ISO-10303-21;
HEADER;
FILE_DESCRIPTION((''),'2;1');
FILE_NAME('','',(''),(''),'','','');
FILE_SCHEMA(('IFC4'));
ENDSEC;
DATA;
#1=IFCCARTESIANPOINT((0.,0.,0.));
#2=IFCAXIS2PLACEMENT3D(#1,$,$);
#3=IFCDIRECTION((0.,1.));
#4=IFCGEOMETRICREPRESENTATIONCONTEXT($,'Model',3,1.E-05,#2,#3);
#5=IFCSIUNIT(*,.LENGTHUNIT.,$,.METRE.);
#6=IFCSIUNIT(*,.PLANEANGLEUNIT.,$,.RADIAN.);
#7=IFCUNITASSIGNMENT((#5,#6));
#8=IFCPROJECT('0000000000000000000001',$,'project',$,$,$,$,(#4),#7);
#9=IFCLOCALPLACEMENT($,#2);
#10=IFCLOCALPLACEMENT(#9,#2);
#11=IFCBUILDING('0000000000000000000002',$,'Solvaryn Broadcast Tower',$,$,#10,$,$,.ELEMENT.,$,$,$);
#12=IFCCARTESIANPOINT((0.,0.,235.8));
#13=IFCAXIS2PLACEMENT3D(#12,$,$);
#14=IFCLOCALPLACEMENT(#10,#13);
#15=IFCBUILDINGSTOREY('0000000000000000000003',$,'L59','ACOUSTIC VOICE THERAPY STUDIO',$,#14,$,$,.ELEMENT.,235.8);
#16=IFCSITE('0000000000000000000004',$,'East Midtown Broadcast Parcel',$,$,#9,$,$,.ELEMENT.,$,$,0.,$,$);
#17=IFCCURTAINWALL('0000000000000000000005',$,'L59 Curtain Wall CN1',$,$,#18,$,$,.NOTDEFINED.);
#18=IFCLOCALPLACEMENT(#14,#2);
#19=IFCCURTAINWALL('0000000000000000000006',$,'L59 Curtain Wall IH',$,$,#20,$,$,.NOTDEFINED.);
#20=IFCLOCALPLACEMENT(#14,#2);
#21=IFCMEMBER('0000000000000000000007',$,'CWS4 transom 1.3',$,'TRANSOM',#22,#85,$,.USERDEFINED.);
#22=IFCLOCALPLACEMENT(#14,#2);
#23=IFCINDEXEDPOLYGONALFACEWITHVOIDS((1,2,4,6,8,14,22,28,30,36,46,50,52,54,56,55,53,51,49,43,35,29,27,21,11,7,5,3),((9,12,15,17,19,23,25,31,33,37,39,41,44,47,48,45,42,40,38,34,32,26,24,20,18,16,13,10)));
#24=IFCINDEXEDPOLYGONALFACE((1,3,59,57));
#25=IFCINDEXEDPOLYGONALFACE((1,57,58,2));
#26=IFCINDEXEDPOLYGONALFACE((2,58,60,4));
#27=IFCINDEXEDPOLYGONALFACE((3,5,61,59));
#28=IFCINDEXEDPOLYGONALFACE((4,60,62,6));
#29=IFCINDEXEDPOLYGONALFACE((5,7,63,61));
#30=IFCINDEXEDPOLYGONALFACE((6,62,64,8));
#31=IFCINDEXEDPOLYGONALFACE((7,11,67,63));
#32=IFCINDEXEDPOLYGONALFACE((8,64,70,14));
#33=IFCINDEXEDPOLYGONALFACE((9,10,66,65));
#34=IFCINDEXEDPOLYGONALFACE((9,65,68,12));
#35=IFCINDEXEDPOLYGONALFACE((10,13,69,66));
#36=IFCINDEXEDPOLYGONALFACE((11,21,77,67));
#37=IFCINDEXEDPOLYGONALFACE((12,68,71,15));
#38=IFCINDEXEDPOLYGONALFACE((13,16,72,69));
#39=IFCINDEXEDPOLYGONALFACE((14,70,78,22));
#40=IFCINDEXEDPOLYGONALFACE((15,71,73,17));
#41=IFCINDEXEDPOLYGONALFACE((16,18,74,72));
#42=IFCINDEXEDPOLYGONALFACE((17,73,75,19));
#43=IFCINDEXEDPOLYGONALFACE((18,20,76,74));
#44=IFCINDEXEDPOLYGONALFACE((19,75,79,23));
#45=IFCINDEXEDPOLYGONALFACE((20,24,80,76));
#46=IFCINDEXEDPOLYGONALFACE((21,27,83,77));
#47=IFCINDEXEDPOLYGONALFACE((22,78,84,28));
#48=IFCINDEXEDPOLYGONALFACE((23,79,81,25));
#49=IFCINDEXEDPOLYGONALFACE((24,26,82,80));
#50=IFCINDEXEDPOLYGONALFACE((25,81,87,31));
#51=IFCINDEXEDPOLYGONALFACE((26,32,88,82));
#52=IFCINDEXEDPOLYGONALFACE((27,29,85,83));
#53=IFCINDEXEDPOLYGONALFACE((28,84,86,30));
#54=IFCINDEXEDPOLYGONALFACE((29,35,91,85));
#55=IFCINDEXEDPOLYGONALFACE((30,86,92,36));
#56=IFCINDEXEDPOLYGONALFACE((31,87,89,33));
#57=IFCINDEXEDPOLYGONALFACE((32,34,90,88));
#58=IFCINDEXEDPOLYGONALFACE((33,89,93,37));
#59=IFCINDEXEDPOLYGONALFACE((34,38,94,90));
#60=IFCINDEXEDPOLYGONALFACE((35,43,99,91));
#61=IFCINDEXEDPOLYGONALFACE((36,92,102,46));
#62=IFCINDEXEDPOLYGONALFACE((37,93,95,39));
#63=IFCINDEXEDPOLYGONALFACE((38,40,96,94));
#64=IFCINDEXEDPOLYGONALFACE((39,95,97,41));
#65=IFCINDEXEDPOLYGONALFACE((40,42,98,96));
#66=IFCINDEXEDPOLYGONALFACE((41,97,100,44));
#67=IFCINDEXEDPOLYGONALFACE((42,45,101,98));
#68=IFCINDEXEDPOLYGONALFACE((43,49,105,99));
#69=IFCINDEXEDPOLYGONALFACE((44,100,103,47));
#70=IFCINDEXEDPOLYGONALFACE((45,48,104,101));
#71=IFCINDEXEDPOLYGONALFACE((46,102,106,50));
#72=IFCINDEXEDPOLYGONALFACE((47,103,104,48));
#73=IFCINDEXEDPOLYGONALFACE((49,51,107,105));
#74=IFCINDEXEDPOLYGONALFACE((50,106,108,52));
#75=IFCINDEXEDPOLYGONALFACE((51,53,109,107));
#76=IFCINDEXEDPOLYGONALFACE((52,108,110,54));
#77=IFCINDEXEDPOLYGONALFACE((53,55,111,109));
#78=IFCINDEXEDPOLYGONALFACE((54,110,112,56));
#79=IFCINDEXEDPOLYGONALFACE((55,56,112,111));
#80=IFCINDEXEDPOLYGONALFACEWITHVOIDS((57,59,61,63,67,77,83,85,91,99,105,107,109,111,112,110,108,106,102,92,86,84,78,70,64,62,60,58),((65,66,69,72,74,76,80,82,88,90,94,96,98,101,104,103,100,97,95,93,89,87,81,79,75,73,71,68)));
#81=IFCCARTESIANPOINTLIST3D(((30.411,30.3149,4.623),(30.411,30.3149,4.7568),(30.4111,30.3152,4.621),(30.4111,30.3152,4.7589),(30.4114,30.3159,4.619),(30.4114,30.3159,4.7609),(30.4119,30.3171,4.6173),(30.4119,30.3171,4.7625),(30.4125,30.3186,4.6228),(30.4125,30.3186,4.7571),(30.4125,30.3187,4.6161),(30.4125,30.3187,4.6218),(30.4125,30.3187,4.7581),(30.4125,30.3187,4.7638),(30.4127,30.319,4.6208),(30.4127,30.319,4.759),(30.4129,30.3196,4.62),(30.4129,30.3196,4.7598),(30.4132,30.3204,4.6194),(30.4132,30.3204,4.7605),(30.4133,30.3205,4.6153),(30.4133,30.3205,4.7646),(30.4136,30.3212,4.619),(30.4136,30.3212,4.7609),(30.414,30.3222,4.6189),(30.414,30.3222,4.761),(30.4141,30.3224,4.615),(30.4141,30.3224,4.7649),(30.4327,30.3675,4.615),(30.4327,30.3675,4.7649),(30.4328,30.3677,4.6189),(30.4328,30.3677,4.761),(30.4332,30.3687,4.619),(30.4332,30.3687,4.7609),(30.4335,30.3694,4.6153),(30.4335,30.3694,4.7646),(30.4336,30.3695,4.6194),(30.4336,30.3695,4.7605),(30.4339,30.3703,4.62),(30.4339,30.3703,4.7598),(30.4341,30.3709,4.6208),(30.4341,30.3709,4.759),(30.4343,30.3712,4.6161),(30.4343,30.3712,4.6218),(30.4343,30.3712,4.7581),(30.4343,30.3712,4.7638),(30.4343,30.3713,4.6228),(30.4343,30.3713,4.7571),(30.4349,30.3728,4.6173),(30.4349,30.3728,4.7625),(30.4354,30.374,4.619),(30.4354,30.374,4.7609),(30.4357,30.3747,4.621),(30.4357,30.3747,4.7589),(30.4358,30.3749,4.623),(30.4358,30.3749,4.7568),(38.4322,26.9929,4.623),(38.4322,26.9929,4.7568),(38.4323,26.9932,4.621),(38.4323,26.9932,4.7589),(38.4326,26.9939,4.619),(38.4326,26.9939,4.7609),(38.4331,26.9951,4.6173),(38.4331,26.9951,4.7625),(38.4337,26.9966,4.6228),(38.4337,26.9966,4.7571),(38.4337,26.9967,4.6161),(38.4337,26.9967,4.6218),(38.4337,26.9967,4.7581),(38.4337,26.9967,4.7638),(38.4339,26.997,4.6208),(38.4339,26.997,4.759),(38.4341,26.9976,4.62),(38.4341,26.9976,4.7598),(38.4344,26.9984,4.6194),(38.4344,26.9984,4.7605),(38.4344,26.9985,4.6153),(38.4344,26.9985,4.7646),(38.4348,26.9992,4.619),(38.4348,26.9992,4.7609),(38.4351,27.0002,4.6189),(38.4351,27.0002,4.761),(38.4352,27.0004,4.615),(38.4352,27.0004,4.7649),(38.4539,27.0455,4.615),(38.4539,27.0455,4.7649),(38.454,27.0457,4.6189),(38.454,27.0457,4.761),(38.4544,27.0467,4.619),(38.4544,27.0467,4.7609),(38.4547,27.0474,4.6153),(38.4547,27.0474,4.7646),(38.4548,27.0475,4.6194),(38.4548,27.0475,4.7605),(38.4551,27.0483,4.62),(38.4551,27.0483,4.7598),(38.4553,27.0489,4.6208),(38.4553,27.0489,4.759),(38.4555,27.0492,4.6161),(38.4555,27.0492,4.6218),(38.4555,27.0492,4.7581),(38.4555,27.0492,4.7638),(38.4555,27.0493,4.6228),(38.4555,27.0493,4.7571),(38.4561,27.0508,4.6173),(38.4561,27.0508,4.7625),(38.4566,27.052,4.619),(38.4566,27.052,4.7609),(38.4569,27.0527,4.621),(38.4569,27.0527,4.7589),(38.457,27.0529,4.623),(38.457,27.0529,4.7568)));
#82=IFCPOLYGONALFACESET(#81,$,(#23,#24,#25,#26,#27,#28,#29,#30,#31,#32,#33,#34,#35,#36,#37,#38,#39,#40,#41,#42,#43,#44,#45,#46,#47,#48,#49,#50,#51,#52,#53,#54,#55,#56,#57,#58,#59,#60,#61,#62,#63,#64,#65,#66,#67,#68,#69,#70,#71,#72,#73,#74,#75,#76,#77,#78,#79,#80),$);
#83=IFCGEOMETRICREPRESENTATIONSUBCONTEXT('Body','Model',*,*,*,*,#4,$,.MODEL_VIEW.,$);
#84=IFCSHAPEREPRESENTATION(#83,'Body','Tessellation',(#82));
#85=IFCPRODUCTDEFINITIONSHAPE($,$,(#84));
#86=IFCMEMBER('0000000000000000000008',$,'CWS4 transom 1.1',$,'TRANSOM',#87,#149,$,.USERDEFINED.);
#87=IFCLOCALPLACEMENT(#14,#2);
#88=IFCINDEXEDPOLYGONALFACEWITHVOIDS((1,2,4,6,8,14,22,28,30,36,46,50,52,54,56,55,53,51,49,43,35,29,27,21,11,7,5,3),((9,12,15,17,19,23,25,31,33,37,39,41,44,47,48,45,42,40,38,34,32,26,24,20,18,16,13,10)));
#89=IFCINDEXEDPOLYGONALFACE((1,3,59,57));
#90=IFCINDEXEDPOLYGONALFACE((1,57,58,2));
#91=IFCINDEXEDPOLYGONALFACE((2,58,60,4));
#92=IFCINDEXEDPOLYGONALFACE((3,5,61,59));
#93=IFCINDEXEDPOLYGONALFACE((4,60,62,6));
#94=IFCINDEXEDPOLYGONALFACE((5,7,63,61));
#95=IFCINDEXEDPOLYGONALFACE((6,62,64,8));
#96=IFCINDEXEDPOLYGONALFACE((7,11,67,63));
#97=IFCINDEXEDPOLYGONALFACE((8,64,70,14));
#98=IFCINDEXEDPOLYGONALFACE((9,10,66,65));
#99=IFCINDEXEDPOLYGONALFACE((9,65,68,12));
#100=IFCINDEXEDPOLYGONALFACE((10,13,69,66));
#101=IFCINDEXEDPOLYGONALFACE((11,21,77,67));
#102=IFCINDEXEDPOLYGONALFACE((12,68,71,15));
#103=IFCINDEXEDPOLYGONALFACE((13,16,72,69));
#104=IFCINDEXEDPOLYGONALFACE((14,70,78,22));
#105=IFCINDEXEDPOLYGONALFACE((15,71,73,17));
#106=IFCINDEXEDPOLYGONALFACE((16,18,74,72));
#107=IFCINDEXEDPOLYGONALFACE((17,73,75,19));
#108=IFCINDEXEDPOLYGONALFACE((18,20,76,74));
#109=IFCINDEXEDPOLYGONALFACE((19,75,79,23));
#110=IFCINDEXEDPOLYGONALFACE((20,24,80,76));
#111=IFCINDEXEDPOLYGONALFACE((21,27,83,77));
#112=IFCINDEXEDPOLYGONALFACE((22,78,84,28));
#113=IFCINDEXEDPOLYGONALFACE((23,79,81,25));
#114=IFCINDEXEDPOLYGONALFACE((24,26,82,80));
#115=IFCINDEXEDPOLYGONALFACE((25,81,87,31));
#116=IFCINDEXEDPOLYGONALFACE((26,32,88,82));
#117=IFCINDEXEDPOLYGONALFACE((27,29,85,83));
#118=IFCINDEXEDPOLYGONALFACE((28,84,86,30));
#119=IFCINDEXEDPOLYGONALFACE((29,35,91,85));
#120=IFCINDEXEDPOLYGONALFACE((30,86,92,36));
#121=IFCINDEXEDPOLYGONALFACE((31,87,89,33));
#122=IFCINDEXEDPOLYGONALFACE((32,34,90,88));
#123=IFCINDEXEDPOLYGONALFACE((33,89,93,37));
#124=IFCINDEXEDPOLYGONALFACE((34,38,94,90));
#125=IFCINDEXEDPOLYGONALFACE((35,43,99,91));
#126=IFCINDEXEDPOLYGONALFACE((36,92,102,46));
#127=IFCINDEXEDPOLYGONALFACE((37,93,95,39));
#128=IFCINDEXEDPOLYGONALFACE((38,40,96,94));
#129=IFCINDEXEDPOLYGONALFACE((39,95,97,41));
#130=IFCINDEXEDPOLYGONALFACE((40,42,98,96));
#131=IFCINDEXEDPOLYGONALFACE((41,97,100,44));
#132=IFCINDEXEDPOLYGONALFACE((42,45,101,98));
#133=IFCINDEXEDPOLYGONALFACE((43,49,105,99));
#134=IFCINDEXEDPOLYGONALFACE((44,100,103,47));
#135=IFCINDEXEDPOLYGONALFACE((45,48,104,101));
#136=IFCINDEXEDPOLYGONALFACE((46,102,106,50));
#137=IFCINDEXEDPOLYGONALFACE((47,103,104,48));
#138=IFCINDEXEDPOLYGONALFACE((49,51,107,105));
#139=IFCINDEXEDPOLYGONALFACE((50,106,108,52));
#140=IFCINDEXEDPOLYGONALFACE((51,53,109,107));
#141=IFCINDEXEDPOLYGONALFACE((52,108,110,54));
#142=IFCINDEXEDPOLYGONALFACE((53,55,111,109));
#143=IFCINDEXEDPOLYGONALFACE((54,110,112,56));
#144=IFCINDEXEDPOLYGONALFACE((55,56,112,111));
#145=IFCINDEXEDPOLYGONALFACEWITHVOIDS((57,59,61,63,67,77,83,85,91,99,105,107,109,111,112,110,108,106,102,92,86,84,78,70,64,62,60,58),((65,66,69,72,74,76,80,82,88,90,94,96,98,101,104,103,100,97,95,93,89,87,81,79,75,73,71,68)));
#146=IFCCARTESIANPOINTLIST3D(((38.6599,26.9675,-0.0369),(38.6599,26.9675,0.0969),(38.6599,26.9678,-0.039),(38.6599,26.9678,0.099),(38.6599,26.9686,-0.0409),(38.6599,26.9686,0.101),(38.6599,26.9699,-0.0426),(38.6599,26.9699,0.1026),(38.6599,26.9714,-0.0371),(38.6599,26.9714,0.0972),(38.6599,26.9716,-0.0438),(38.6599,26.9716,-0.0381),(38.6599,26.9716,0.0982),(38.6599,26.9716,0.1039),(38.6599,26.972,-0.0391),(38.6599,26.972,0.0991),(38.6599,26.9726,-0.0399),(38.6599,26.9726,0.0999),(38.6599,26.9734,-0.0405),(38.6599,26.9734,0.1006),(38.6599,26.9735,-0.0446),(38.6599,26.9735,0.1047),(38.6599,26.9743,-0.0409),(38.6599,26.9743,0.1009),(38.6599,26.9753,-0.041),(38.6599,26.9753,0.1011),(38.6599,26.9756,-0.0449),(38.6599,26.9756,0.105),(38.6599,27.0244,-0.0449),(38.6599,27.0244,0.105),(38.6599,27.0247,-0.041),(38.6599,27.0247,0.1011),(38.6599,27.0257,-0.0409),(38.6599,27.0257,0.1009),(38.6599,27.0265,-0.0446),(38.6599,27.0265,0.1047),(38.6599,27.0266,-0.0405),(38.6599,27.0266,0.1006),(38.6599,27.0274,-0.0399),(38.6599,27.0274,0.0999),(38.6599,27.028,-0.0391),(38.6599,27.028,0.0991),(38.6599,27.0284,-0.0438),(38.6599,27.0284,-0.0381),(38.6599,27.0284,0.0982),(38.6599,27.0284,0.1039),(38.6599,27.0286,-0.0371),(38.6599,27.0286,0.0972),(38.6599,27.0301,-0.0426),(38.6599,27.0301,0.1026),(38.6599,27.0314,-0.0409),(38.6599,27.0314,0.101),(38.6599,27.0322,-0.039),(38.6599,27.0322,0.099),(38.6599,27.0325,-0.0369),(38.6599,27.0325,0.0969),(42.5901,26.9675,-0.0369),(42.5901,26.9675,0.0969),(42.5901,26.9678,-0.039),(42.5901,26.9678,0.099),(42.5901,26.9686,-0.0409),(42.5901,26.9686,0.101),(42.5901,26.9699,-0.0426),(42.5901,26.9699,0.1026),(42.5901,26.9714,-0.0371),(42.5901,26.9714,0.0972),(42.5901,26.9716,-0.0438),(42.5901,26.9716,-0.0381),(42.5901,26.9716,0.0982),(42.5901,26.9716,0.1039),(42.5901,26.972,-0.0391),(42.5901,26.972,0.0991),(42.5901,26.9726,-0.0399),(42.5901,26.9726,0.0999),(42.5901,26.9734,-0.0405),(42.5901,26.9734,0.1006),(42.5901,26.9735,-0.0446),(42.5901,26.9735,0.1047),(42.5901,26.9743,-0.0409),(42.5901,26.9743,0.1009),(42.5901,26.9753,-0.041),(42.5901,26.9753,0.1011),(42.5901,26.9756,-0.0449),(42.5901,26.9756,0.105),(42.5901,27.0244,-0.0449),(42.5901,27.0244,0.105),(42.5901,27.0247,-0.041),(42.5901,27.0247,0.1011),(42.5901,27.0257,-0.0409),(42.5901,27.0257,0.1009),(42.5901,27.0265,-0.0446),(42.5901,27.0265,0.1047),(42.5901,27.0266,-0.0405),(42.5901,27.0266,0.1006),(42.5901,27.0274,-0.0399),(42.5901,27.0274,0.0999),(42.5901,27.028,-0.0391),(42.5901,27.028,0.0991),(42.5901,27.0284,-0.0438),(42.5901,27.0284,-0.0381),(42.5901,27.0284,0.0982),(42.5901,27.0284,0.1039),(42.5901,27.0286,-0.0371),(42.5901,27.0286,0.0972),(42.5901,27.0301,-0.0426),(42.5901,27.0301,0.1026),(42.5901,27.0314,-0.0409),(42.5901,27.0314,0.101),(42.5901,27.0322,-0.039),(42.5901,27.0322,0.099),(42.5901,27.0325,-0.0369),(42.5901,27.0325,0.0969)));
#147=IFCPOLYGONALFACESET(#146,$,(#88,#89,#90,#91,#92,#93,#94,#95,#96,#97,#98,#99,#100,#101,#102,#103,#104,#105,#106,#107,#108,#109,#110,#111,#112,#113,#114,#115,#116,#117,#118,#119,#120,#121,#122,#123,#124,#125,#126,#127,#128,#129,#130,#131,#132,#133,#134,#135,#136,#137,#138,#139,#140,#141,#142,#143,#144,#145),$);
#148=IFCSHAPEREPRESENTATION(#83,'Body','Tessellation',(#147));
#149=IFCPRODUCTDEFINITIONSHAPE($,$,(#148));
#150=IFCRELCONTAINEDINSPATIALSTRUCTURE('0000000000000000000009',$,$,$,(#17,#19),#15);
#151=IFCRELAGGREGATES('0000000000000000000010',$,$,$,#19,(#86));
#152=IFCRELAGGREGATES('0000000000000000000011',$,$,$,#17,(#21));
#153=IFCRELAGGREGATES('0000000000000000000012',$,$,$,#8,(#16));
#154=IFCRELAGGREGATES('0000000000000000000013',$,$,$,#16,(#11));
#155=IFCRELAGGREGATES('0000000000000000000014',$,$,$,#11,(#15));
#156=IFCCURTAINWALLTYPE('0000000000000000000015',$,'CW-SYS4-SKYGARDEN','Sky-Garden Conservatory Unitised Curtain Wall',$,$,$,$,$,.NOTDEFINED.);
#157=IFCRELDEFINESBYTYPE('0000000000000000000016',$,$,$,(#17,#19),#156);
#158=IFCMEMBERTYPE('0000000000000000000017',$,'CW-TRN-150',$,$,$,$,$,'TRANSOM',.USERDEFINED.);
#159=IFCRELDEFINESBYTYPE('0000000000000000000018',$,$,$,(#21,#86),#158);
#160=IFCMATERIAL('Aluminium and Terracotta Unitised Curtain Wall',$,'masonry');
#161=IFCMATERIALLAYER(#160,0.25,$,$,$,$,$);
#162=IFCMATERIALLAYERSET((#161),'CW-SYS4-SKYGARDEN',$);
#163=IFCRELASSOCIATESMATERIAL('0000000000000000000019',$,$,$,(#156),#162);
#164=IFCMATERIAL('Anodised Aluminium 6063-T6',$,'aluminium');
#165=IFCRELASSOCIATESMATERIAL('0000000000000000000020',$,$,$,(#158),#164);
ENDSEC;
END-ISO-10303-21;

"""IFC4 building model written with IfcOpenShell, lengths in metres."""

from ifc_helpers import new_model, si_unit, direction, frame, origin, origin_2d, place, context, subcontext, project, spatial, hollow_rectangle, extrude, material, layer, layer_set, material_profile, profile_set, type_object, element, aggregate, save


model = new_model("IFC4")

# Units and contexts
model_context = context("Model", 3, precision=1e-05, world=origin(), true_north=direction((0.0, 1.0)))
body_context = subcontext(model_context, "Body", "Model", "MODEL_VIEW")
ifc_project = project(units=[si_unit("LENGTHUNIT", "METRE"), si_unit("PLANEANGLEUNIT", "RADIAN")], contexts=[model_context])

# Site, building, storey
site_placement = place(None, origin())
site = spatial("IfcSite", under=ifc_project, at=site_placement, Name="East Midtown Broadcast Parcel", CompositionType="ELEMENT", RefElevation=0.0)
building_placement = place(site_placement, origin())
building = spatial("IfcBuilding", under=site, at=building_placement, Name="Solvaryn Broadcast Tower", CompositionType="ELEMENT")
storey_placement = place(building_placement, frame((0.0, 0.0, 235.8)))
storey = spatial("IfcBuildingStorey", under=building, at=storey_placement, Name="L59", Description="ACOUSTIC VOICE THERAPY STUDIO", CompositionType="ELEMENT", Elevation=235.8)

# Curtain walls
ifc_material_1 = material(Name="Aluminium and Terracotta Unitised Curtain Wall", Category="masonry")
ifc_layer_1 = layer(ifc_material_1, 0.25)
ifc_layer_set_1 = layer_set([ifc_layer_1], Name="CW-SYS4-SKYGARDEN")
curtain_wall_type = type_object("IfcCurtainWallType", Name="CW-SYS4-SKYGARDEN", Description="Sky-Garden Conservatory Unitised Curtain Wall", PredefinedType="NOTDEFINED", material=ifc_layer_set_1)
curtain_wall_1_placement = place(storey_placement, origin())
curtain_wall_1 = element("IfcCurtainWall", 1, at=curtain_wall_1_placement, inside=storey, type_object=curtain_wall_type, Name="L59 Curtain Wall CN1", PredefinedType="NOTDEFINED")
curtain_wall_2_placement = place(storey_placement, origin())
curtain_wall_2 = element("IfcCurtainWall", 2, at=curtain_wall_2_placement, inside=storey, type_object=curtain_wall_type, Name="L59 Curtain Wall IH", PredefinedType="NOTDEFINED")

# Members
ifc_material_2 = material(Name="Anodised Aluminium 6063-T6", Category="aluminium")
ifc_material_profile_1 = material_profile(ifc_material_2, hollow_rectangle(XDim=0.0649, YDim=0.1499, WallThickness=0.0039, InnerFilletRadius=0.0039, OuterFilletRadius=0.0081, at=origin_2d()))
ifc_profile_set_1 = profile_set([ifc_material_profile_1], Name="Anodised Aluminium 6063-T6")
member_type_1 = type_object("IfcMemberType", Name="CW-TRN-150", ElementType="TRANSOM", PredefinedType="USERDEFINED", material=ifc_profile_set_1)
member_1_placement = place(storey_placement, frame((38.4446, 27.0229, 4.6899), z_axis=(-0.923899, 0.382636, 0.0), x_axis=(-0.382636, -0.923899, 0.0)))
member_1 = element("IfcMember", 3, at=member_1_placement, type_object=member_type_1, Name="CWS4 transom 1.3", ObjectType="TRANSOM", PredefinedType="USERDEFINED", context=body_context, shape_type="SweptSolid", body=[
    extrude(hollow_rectangle(XDim=0.0649, YDim=0.1499, WallThickness=0.0039, InnerFilletRadius=0.0039, OuterFilletRadius=0.0081, at=origin_2d()), origin(), (0.0, 0.0, 1.0), 8.6819),
])
member_2_placement = place(storey_placement, frame((38.6599, 27.0, 0.03), z_axis=(1.0, 0.0, 0.0), x_axis=(0.0, 1.0, 0.0)))
member_2 = element("IfcMember", 4, at=member_2_placement, type_object=member_type_1, Name="CWS4 transom 1.1", ObjectType="TRANSOM", PredefinedType="USERDEFINED", context=body_context, shape_type="SweptSolid", body=[
    extrude(hollow_rectangle(XDim=0.0649, YDim=0.1499, WallThickness=0.0039, InnerFilletRadius=0.0039, OuterFilletRadius=0.0081, at=origin_2d()), origin(), (0.0, 0.0, 1.0), 3.9302),
])
aggregate(curtain_wall_2, [member_2])

aggregate(curtain_wall_1, [member_1])

save(model, "model.ifc")
